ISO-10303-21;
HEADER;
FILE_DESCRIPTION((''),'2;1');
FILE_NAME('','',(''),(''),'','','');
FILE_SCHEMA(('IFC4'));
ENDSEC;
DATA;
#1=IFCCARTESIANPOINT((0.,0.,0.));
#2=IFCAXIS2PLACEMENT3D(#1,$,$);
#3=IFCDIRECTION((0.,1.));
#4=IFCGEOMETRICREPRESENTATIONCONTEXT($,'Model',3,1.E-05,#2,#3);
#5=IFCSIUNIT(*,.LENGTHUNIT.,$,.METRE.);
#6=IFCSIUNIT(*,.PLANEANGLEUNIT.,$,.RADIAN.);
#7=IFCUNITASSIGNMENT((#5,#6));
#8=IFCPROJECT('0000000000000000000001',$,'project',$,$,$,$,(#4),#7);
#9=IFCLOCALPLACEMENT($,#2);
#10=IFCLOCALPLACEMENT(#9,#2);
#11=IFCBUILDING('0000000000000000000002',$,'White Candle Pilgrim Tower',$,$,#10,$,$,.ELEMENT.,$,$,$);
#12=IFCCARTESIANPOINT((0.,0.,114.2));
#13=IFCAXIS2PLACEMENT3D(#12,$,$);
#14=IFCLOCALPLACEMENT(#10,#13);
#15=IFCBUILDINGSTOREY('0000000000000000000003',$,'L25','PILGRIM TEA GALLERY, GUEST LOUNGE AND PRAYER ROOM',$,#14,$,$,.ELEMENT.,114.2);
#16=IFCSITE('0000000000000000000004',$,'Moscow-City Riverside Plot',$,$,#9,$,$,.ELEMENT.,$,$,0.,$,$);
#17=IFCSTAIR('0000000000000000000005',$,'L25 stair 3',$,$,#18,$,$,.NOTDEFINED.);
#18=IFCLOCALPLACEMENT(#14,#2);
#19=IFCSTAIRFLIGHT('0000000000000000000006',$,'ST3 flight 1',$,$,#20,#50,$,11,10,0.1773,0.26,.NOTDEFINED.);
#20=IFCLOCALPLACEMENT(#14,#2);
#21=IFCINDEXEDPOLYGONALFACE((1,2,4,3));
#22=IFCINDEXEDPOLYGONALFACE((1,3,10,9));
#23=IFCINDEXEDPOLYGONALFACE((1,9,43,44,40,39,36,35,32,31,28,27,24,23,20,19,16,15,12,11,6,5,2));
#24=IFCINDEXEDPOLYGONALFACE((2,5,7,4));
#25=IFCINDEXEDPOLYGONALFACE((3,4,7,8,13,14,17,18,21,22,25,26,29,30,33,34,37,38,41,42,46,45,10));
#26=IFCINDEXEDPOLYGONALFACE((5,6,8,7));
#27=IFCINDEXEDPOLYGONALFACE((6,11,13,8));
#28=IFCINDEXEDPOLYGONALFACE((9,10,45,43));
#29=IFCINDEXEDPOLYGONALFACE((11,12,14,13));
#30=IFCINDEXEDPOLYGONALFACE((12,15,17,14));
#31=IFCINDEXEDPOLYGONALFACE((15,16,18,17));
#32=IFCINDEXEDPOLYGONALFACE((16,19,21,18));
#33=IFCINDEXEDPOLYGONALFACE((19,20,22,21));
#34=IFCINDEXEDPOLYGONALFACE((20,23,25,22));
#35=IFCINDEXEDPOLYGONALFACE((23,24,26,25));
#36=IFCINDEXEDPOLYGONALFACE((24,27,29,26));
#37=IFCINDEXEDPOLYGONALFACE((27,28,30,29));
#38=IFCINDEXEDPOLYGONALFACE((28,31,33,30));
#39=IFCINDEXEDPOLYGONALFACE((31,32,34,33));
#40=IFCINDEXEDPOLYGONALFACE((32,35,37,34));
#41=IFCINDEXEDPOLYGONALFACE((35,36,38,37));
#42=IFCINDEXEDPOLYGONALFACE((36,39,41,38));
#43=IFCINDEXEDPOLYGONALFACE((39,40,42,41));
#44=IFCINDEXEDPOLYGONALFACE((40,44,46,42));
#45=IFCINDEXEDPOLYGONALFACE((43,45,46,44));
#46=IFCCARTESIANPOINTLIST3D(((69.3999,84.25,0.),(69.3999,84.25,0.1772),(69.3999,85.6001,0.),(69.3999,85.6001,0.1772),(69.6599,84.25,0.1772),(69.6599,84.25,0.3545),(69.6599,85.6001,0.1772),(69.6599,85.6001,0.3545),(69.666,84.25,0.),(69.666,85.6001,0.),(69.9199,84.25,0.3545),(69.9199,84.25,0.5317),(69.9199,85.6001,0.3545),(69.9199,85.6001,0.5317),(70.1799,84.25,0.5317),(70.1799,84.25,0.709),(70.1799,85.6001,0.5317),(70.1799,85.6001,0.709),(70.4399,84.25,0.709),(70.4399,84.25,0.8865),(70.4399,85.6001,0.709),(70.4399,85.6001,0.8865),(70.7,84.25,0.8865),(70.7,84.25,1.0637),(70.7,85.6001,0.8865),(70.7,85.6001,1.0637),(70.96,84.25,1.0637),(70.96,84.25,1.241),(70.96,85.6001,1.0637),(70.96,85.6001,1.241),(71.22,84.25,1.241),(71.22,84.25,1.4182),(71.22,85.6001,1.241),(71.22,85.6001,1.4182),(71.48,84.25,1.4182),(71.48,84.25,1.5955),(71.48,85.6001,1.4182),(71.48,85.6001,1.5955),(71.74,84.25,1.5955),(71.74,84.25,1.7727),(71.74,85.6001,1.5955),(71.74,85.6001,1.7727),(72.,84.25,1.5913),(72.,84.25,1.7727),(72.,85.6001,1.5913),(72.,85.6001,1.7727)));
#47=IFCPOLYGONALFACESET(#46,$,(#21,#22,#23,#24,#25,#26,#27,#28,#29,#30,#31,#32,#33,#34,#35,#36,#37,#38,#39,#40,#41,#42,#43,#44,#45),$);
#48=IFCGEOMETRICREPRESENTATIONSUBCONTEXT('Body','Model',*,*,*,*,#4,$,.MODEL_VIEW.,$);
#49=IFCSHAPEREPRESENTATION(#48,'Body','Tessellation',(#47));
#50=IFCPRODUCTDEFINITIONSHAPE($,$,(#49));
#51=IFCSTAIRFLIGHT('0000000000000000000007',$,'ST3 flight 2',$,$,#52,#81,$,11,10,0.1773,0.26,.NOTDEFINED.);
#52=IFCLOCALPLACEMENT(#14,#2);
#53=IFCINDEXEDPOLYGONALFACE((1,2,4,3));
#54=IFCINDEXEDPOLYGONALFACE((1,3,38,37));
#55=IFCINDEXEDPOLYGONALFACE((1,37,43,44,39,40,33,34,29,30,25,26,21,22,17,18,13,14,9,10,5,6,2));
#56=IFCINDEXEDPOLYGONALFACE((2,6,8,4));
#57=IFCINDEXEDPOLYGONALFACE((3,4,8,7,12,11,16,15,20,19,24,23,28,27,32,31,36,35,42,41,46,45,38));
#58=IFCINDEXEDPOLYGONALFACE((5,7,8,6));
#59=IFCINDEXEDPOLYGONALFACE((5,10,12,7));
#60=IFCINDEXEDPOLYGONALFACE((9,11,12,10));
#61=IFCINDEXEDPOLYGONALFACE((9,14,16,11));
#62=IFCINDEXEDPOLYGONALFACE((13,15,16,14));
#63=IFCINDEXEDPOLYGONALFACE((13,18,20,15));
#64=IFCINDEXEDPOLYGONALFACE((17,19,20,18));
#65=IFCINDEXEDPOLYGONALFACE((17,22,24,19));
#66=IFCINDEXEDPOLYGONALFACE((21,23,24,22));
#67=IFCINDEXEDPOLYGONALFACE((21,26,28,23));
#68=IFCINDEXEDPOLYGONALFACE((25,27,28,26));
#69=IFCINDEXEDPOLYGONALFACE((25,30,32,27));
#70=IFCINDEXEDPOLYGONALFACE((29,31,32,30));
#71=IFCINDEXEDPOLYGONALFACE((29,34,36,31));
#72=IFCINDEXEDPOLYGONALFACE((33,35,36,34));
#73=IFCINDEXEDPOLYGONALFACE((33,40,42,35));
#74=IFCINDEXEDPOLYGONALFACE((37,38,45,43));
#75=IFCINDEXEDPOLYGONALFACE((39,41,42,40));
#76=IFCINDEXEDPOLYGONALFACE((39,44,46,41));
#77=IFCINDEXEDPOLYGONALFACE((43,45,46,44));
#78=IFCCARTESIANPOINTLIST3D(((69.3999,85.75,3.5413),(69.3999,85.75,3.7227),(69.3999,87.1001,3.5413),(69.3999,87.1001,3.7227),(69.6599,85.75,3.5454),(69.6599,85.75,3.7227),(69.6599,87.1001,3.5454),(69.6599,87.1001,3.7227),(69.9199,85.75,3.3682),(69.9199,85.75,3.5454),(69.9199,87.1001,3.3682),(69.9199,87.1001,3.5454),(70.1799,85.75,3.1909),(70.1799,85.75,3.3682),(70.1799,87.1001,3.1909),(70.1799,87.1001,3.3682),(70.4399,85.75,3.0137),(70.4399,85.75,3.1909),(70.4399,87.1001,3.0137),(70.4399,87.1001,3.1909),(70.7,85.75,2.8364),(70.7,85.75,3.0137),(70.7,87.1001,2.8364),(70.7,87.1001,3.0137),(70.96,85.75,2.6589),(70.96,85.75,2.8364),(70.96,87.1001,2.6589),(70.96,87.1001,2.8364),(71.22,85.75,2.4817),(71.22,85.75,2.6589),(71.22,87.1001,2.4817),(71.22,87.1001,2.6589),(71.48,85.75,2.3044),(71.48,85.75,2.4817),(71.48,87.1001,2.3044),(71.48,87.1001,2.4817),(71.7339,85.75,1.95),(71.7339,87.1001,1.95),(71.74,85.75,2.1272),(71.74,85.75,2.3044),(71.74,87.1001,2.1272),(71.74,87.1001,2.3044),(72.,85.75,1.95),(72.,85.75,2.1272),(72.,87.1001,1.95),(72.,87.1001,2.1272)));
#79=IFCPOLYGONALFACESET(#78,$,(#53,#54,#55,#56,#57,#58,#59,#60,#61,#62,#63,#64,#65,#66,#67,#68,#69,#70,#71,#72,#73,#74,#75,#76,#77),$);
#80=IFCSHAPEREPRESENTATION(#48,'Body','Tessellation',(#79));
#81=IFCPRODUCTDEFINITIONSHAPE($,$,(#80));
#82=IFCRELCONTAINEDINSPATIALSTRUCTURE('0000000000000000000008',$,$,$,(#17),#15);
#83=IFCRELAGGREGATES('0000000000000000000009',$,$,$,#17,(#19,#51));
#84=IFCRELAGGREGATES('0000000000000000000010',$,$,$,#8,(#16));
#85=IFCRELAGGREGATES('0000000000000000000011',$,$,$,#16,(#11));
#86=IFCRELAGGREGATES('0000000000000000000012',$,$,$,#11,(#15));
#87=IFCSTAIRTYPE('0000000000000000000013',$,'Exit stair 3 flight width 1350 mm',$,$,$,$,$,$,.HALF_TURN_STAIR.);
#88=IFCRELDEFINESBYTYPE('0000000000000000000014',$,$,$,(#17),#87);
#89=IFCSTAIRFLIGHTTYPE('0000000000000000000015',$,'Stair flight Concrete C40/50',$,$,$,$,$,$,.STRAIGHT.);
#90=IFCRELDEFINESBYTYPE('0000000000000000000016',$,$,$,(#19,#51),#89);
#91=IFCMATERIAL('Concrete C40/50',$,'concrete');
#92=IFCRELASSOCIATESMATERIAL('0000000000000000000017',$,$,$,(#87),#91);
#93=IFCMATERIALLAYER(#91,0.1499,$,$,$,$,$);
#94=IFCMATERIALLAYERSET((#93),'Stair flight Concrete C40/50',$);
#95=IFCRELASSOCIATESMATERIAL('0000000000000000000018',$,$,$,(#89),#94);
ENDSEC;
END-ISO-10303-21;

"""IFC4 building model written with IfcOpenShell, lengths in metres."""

from ifc_helpers import new_model, si_unit, direction, frame, origin, place, context, subcontext, project, spatial, polyline, outline, extrude, material, layer, layer_set, type_object, element, aggregate, save


model = new_model("IFC4")

# Units and contexts
model_context = context("Model", 3, precision=1e-05, world=origin(), true_north=direction((0.0, 1.0)))
body_context = subcontext(model_context, "Body", "Model", "MODEL_VIEW")
ifc_project = project(units=[si_unit("LENGTHUNIT", "METRE"), si_unit("PLANEANGLEUNIT", "RADIAN")], contexts=[model_context])

# Site, building, storey
site_placement = place(None, origin())
site = spatial("IfcSite", under=ifc_project, at=site_placement, Name="Moscow-City Riverside Plot", CompositionType="ELEMENT", RefElevation=0.0)
building_placement = place(site_placement, origin())
building = spatial("IfcBuilding", under=site, at=building_placement, Name="White Candle Pilgrim Tower", CompositionType="ELEMENT")
storey_placement = place(building_placement, frame((0.0, 0.0, 114.2)))
storey = spatial("IfcBuildingStorey", under=building, at=storey_placement, Name="L25", Description="PILGRIM TEA GALLERY, GUEST LOUNGE AND PRAYER ROOM", CompositionType="ELEMENT", Elevation=114.2)

# Stair, stair flights
ifc_material_1 = material(Name="Concrete C40/50", Category="concrete")
stair_type = type_object("IfcStairType", Name="Exit stair 3 flight width 1350 mm", PredefinedType="HALF_TURN_STAIR", material=ifc_material_1)
stair_placement = place(storey_placement, origin())
stair = element("IfcStair", 1, at=stair_placement, inside=storey, type_object=stair_type, Name="L25 stair 3", PredefinedType="NOTDEFINED")
ifc_layer_1 = layer(ifc_material_1, 0.1499)
ifc_layer_set_1 = layer_set([ifc_layer_1], Name="Stair flight Concrete C40/50")
stair_flight_type = type_object("IfcStairFlightType", Name="Stair flight Concrete C40/50", PredefinedType="STRAIGHT", material=ifc_layer_set_1)
stair_flight_1_placement = place(storey_placement, frame((69.3999, 84.925, 0.0), z_axis=(0.0, 0.0, 1.0), x_axis=(1.0, 0.0, 0.0)))
stair_flight_1 = element("IfcStairFlight", 2, at=stair_flight_1_placement, type_object=stair_flight_type, Name="ST3 flight 1", NumberOfRisers=11, NumberOfTreads=10, PredefinedType="NOTDEFINED", RiserHeight=0.1773, TreadLength=0.26, context=body_context, shape_type="SweptSolid", body=[
    extrude(outline(polyline([(0.0, 0.0), (0.0, 0.1772), (0.26, 0.1772), (0.26, 0.3545), (0.52, 0.3545), (0.52, 0.5317), (0.78, 0.5317), (0.78, 0.709), (1.04, 0.709), (1.04, 0.8865), (1.3, 0.8865), (1.3, 1.0637), (1.5601, 1.0637), (1.5601, 1.241), (1.8201, 1.241), (1.8201, 1.4182), (2.0801, 1.4182), (2.0801, 1.5955), (2.3401, 1.5955), (2.3401, 1.7727), (2.6001, 1.7727), (2.6001, 1.95), (2.6001, 1.5913), (0.2661, 0.0), (0.0, 0.0)])), frame((0.0, 0.675, 0.0), z_axis=(0.0, -1.0, 0.0), x_axis=(1.0, 0.0, 0.0)), (0.0, 0.0, 1.0), 1.3501),
])
stair_flight_2_placement = place(storey_placement, frame((72.0, 86.425, 1.95), z_axis=(0.0, 0.0, 1.0), x_axis=(-1.0, 0.0, 0.0)))
stair_flight_2 = element("IfcStairFlight", 3, at=stair_flight_2_placement, type_object=stair_flight_type, Name="ST3 flight 2", NumberOfRisers=11, NumberOfTreads=10, PredefinedType="NOTDEFINED", RiserHeight=0.1773, TreadLength=0.26, context=body_context, shape_type="SweptSolid", body=[
    extrude(outline(polyline([(0.0, 0.0), (0.0, 0.1772), (0.26, 0.1772), (0.26, 0.3545), (0.52, 0.3545), (0.52, 0.5317), (0.78, 0.5317), (0.78, 0.709), (1.04, 0.709), (1.04, 0.8865), (1.3, 0.8865), (1.3, 1.0637), (1.5601, 1.0637), (1.5601, 1.241), (1.8201, 1.241), (1.8201, 1.4182), (2.0801, 1.4182), (2.0801, 1.5955), (2.3401, 1.5955), (2.3401, 1.7727), (2.6001, 1.7727), (2.6001, 1.95), (2.6001, 1.5913), (0.2661, 0.0), (0.0, 0.0)])), frame((0.0, 0.675, 0.0), z_axis=(0.0, -1.0, 0.0), x_axis=(1.0, 0.0, 0.0)), (0.0, 0.0, 1.0), 1.3501),
])
aggregate(stair, [stair_flight_1, stair_flight_2])

save(model, "model.ifc")
